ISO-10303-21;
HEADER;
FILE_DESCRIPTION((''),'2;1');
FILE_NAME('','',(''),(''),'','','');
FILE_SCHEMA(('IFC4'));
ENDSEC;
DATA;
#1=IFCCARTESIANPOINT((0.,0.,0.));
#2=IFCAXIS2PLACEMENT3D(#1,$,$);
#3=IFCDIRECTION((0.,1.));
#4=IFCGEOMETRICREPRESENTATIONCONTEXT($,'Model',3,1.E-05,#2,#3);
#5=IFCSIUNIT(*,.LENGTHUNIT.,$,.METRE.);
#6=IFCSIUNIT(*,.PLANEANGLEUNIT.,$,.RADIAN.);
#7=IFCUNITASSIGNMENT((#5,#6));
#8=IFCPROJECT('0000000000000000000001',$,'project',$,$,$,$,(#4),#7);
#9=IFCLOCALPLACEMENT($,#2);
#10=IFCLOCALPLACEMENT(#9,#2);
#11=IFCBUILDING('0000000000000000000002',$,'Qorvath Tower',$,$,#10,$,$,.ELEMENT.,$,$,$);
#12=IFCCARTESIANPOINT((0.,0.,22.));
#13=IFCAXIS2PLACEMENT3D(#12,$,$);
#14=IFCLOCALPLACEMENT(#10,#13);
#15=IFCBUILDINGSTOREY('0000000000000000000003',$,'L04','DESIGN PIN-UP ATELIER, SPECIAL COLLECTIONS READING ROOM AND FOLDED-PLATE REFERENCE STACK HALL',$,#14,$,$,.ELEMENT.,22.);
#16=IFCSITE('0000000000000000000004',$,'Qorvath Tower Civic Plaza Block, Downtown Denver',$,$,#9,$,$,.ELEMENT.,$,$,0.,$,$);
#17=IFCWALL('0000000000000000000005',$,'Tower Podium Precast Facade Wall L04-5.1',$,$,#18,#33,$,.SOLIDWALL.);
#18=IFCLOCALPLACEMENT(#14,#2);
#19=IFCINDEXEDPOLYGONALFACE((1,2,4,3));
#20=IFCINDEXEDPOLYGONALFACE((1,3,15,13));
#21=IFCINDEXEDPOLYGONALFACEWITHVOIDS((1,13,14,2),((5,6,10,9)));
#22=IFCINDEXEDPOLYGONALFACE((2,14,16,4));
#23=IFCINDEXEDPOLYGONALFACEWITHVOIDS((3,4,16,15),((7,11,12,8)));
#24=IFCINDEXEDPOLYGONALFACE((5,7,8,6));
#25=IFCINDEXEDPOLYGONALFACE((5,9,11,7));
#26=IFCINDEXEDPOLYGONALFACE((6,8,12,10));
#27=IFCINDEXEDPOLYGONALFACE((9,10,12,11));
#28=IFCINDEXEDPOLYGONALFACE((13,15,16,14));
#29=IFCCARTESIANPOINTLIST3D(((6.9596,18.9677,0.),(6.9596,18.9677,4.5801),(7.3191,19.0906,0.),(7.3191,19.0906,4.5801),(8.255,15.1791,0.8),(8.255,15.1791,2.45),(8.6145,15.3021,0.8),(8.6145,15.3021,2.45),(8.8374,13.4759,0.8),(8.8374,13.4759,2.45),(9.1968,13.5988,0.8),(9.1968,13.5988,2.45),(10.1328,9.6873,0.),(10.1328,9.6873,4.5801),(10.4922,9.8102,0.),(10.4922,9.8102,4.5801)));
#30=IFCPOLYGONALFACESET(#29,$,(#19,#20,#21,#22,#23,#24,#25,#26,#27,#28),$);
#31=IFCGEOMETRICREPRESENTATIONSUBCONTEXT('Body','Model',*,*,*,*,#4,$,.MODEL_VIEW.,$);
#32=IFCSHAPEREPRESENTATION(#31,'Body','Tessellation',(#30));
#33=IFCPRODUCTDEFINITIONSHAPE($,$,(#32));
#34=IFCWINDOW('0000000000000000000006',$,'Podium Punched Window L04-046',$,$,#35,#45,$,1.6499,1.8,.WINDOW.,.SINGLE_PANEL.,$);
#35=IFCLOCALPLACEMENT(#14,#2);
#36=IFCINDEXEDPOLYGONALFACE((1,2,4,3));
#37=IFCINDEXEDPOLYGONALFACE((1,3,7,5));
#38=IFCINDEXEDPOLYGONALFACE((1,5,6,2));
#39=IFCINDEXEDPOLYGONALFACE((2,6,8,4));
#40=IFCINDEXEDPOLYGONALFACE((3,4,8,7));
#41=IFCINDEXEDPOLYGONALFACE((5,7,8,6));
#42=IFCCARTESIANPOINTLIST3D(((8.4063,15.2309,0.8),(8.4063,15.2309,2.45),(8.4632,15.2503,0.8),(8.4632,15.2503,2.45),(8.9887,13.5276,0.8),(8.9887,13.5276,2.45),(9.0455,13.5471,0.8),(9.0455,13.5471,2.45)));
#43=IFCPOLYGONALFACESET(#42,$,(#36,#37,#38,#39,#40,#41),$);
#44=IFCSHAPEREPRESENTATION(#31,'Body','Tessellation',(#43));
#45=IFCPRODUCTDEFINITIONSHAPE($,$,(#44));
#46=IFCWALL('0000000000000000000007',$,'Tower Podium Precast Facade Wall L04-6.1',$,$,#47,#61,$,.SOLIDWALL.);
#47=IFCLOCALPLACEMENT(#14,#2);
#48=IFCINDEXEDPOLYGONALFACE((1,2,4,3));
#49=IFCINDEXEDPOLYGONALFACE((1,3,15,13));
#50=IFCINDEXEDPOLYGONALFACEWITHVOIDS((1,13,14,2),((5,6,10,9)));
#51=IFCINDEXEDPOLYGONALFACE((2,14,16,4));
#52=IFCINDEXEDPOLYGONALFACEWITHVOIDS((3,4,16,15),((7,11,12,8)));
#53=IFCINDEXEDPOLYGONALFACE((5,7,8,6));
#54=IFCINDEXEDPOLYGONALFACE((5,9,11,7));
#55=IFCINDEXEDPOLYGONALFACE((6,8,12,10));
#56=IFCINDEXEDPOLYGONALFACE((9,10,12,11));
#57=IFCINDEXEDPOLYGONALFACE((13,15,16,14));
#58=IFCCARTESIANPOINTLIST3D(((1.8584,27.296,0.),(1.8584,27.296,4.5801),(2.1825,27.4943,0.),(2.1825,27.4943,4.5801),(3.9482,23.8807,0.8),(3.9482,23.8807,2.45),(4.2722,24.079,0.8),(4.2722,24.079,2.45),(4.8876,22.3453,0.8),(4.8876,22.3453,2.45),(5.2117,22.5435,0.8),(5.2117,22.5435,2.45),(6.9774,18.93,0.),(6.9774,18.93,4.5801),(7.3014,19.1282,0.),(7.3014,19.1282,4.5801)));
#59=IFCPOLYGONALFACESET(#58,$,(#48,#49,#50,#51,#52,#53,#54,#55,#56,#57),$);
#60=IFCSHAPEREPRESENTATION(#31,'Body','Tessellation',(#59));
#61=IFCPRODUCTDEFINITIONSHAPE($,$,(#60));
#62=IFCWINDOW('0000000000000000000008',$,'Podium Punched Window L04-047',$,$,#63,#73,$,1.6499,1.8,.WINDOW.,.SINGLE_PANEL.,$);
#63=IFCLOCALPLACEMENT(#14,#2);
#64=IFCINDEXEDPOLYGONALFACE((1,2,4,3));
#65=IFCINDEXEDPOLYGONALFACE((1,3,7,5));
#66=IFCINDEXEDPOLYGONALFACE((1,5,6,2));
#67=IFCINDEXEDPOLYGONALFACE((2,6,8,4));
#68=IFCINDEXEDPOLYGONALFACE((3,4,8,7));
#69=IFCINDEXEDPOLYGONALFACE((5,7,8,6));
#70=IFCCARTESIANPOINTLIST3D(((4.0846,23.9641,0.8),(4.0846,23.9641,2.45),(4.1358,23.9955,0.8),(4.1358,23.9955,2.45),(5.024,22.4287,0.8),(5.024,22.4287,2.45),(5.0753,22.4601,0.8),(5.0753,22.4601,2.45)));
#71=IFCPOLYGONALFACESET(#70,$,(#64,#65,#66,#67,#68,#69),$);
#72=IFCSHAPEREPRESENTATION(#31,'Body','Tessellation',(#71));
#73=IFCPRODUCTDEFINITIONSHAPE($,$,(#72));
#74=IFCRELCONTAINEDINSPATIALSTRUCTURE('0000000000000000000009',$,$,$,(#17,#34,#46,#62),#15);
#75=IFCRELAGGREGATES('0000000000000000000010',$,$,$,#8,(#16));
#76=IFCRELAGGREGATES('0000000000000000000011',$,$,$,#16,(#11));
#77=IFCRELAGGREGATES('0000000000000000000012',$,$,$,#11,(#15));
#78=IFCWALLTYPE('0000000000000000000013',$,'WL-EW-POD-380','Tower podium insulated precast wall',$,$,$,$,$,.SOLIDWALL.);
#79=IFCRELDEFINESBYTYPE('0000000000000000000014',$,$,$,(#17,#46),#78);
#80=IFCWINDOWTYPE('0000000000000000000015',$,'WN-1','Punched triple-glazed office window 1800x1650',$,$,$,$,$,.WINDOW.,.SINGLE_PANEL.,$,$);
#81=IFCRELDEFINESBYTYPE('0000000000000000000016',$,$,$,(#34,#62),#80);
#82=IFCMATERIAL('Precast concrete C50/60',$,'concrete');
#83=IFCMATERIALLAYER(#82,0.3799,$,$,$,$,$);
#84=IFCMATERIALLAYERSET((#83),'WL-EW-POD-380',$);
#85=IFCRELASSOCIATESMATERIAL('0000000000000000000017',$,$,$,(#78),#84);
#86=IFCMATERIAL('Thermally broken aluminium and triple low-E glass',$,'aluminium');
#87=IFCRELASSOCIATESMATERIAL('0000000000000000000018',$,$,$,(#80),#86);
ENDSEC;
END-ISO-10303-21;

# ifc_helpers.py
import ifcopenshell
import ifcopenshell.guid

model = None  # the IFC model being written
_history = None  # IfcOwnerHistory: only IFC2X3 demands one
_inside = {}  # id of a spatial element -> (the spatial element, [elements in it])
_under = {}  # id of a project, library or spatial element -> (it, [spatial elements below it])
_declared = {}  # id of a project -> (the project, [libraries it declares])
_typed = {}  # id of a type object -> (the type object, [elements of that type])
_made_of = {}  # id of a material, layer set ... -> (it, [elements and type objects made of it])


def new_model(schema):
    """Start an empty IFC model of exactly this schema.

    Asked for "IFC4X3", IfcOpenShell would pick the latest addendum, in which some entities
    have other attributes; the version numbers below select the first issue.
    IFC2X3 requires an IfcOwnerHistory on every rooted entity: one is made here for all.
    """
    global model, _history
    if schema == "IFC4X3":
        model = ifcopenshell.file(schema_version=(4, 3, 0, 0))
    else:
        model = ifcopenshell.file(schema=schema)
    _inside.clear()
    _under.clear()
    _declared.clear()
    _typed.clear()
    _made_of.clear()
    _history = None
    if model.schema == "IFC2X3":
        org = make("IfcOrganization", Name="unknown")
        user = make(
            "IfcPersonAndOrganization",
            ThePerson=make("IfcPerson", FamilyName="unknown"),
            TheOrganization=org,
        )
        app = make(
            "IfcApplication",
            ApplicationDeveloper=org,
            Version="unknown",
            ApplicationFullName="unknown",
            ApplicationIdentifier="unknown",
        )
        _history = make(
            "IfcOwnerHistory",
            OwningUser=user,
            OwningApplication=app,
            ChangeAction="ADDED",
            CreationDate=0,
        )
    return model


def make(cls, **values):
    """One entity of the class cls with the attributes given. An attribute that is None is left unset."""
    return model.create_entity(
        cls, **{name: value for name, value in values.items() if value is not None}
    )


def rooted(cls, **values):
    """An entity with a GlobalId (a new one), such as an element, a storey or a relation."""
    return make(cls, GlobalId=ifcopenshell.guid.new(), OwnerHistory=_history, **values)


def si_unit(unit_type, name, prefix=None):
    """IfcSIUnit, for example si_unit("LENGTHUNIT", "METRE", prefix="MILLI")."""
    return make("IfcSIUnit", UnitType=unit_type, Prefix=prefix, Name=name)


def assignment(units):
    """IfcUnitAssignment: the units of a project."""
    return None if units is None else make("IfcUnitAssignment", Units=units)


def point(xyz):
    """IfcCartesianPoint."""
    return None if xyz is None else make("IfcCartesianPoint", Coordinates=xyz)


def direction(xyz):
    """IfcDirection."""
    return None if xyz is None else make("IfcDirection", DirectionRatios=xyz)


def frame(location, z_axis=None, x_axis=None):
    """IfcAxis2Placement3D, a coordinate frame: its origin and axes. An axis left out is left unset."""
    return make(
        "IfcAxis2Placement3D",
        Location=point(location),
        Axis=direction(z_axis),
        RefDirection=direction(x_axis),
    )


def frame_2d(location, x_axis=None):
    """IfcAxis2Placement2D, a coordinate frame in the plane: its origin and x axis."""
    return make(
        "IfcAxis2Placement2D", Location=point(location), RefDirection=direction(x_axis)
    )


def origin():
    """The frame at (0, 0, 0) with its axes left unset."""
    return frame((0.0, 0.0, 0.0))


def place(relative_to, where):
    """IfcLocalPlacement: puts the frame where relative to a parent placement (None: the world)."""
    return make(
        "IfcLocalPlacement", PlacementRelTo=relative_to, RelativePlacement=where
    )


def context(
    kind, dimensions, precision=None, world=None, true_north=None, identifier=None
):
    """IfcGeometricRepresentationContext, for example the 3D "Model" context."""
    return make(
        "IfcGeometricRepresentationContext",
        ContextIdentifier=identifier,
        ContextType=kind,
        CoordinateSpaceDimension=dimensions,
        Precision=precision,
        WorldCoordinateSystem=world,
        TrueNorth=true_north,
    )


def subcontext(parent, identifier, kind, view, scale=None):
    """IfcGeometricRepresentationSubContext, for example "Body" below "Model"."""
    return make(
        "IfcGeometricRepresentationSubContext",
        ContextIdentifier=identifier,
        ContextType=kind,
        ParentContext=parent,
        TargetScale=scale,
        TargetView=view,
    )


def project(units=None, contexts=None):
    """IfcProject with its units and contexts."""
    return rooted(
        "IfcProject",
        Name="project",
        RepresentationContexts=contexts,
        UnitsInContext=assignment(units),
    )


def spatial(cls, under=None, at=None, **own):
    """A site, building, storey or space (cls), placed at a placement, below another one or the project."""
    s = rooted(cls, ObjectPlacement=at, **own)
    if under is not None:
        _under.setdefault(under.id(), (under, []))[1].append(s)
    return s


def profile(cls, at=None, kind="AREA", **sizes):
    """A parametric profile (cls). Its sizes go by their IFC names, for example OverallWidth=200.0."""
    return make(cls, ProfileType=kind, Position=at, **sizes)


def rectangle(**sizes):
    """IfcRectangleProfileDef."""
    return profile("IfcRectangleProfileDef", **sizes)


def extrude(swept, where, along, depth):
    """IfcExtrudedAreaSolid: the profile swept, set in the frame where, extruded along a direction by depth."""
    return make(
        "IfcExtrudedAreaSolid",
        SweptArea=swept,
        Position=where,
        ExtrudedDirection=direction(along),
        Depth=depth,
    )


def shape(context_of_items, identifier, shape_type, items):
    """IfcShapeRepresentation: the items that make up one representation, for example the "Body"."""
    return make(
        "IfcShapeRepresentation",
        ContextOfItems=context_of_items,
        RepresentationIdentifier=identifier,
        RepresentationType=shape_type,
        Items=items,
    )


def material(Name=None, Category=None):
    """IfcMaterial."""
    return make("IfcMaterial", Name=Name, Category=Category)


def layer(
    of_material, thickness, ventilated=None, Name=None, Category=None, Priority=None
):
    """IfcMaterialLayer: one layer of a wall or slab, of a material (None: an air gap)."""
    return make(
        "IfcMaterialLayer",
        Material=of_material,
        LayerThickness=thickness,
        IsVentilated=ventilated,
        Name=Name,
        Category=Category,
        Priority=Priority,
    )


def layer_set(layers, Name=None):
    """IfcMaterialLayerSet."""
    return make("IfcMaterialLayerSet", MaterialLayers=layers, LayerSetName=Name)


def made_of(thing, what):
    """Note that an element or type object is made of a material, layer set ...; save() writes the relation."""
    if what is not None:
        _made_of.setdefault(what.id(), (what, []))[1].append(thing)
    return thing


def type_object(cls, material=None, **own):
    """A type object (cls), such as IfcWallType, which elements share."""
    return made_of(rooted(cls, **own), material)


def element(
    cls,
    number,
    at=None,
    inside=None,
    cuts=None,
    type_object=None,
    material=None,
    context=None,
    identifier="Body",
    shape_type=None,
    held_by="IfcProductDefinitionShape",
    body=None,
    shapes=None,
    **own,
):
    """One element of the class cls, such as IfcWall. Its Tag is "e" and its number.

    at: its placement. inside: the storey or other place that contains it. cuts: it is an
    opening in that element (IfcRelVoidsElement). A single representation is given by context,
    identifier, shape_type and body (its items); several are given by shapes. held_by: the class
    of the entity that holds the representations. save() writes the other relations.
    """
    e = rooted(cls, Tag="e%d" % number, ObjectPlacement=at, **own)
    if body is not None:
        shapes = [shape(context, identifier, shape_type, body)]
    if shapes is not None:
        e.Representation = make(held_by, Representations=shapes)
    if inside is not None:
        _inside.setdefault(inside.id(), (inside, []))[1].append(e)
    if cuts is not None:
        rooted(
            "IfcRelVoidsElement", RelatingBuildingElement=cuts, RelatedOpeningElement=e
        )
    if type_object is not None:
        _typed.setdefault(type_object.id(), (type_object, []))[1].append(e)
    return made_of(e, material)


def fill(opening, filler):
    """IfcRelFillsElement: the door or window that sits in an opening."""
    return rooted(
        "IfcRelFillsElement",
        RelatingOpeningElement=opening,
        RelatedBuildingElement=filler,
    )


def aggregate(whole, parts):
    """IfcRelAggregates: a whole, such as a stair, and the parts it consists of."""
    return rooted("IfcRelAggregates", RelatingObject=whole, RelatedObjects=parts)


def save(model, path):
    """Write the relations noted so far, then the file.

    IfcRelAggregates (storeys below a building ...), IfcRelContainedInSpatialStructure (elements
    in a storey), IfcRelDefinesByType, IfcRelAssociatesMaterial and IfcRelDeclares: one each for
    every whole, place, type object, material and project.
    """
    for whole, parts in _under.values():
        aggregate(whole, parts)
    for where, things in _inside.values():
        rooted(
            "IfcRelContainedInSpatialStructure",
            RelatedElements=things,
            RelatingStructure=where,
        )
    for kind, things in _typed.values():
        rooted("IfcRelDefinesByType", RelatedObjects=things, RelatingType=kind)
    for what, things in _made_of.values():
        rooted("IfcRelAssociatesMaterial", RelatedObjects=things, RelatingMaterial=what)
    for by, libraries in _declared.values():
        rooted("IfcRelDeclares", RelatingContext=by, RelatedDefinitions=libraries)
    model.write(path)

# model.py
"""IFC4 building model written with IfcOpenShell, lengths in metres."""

from ifc_helpers import new_model, si_unit, direction, frame, frame_2d, origin, place, context, subcontext, project, spatial, rectangle, extrude, material, layer, layer_set, type_object, element, fill, save


model = new_model("IFC4")

# Units and contexts
model_context = context("Model", 3, precision=1e-05, world=origin(), true_north=direction((0.0, 1.0)))
body_context = subcontext(model_context, "Body", "Model", "MODEL_VIEW")
ifc_project = project(units=[si_unit("LENGTHUNIT", "METRE"), si_unit("PLANEANGLEUNIT", "RADIAN")], contexts=[model_context])

# Site, building, storey
site_placement = place(None, origin())
site = spatial("IfcSite", under=ifc_project, at=site_placement, Name="Qorvath Tower Civic Plaza Block, Downtown Denver", CompositionType="ELEMENT", RefElevation=0.0)
building_placement = place(site_placement, origin())
building = spatial("IfcBuilding", under=site, at=building_placement, Name="Qorvath Tower", CompositionType="ELEMENT")
storey_placement = place(building_placement, frame((0.0, 0.0, 22.0)))
storey = spatial("IfcBuildingStorey", under=building, at=storey_placement, Name="L04", Description="DESIGN PIN-UP ATELIER, SPECIAL COLLECTIONS READING ROOM AND FOLDED-PLATE REFERENCE STACK HALL", CompositionType="ELEMENT", Elevation=22.0)

# Walls, openings, windows
ifc_material_1 = material(Name="Precast concrete C50/60", Category="concrete")
ifc_layer_1 = layer(ifc_material_1, 0.3799)
ifc_layer_set_1 = layer_set([ifc_layer_1], Name="WL-EW-POD-380")
wall_type_1 = type_object("IfcWallType", Name="WL-EW-POD-380", Description="Tower podium insulated precast wall", PredefinedType="SOLIDWALL", material=ifc_layer_set_1)
wall_1_placement = place(storey_placement, frame((7.1394, 19.0291, 0.0), z_axis=(0.0, 0.0, 1.0), x_axis=(0.323529, -0.946218, 0.0)))
wall_1 = element("IfcWall", 1, at=wall_1_placement, inside=storey, type_object=wall_type_1, Name="Tower Podium Precast Facade Wall L04-5.1", PredefinedType="SOLIDWALL", context=body_context, shape_type="SweptSolid", body=[
    extrude(rectangle(XDim=9.8079, YDim=0.3799, at=frame_2d((4.9038, 0.0))), origin(), (0.0, 0.0, 1.0), 4.5801),
])
opening_1_placement = place(wall_1_placement, frame((4.0039, 0.0, 0.8)))
opening_1 = element("IfcOpeningElement", 2, at=opening_1_placement, cuts=wall_1, PredefinedType="OPENING", context=body_context, shape_type="SweptSolid", body=[
    extrude(rectangle(XDim=1.8, YDim=1.6499, at=frame_2d((0.8999, 0.825))), frame((0.0, 0.2, 0.0), z_axis=(0.0, -1.0, 0.0), x_axis=(1.0, 0.0, 0.0)), (0.0, 0.0, 1.0), 0.3999),
])
ifc_material_2 = material(Name="Thermally broken aluminium and triple low-E glass", Category="aluminium")
window_type = type_object("IfcWindowType", Name="WN-1", Description="Punched triple-glazed office window 1800x1650", PartitioningType="SINGLE_PANEL", PredefinedType="WINDOW", material=ifc_material_2)
window_1_placement = place(opening_1_placement, origin())
window_1 = element("IfcWindow", 3, at=window_1_placement, inside=storey, type_object=window_type, Name="Podium Punched Window L04-046", OverallHeight=1.6499, OverallWidth=1.8, PartitioningType="SINGLE_PANEL", PredefinedType="WINDOW", context=body_context, shape_type="SweptSolid", body=[
    extrude(rectangle(XDim=1.8, YDim=1.6499, at=frame_2d((0.8999, 0.825))), frame((0.0, 0.03, 0.0), z_axis=(0.0, -1.0, 0.0), x_axis=(1.0, 0.0, 0.0)), (0.0, 0.0, 1.0), 0.0601),
])
fill(opening_1, window_1)
wall_2_placement = place(storey_placement, frame((2.0205, 27.395, 0.0), z_axis=(0.0, 0.0, 1.0), x_axis=(0.521922, -0.852993, 0.0)))
wall_2 = element("IfcWall", 4, at=wall_2_placement, inside=storey, type_object=wall_type_1, Name="Tower Podium Precast Facade Wall L04-6.1", PredefinedType="SOLIDWALL", context=body_context, shape_type="SweptSolid", body=[
    extrude(rectangle(XDim=9.8079, YDim=0.3799, at=frame_2d((4.9038, 0.0))), origin(), (0.0, 0.0, 1.0), 4.5801),
])
opening_2_placement = place(wall_2_placement, frame((4.0039, 0.0, 0.8)))
opening_2 = element("IfcOpeningElement", 5, at=opening_2_placement, cuts=wall_2, PredefinedType="OPENING", context=body_context, shape_type="SweptSolid", body=[
    extrude(rectangle(XDim=1.8, YDim=1.6499, at=frame_2d((0.8999, 0.825))), frame((0.0, 0.2, 0.0), z_axis=(0.0, -1.0, 0.0), x_axis=(1.0, 0.0, 0.0)), (0.0, 0.0, 1.0), 0.3999),
])
window_2_placement = place(opening_2_placement, origin())
window_2 = element("IfcWindow", 6, at=window_2_placement, inside=storey, type_object=window_type, Name="Podium Punched Window L04-047", OverallHeight=1.6499, OverallWidth=1.8, PartitioningType="SINGLE_PANEL", PredefinedType="WINDOW", context=body_context, shape_type="SweptSolid", body=[
    extrude(rectangle(XDim=1.8, YDim=1.6499, at=frame_2d((0.8999, 0.825))), frame((0.0, 0.03, 0.0), z_axis=(0.0, -1.0, 0.0), x_axis=(1.0, 0.0, 0.0)), (0.0, 0.0, 1.0), 0.0601),
])
fill(opening_2, window_2)

save(model, "model.ifc")
